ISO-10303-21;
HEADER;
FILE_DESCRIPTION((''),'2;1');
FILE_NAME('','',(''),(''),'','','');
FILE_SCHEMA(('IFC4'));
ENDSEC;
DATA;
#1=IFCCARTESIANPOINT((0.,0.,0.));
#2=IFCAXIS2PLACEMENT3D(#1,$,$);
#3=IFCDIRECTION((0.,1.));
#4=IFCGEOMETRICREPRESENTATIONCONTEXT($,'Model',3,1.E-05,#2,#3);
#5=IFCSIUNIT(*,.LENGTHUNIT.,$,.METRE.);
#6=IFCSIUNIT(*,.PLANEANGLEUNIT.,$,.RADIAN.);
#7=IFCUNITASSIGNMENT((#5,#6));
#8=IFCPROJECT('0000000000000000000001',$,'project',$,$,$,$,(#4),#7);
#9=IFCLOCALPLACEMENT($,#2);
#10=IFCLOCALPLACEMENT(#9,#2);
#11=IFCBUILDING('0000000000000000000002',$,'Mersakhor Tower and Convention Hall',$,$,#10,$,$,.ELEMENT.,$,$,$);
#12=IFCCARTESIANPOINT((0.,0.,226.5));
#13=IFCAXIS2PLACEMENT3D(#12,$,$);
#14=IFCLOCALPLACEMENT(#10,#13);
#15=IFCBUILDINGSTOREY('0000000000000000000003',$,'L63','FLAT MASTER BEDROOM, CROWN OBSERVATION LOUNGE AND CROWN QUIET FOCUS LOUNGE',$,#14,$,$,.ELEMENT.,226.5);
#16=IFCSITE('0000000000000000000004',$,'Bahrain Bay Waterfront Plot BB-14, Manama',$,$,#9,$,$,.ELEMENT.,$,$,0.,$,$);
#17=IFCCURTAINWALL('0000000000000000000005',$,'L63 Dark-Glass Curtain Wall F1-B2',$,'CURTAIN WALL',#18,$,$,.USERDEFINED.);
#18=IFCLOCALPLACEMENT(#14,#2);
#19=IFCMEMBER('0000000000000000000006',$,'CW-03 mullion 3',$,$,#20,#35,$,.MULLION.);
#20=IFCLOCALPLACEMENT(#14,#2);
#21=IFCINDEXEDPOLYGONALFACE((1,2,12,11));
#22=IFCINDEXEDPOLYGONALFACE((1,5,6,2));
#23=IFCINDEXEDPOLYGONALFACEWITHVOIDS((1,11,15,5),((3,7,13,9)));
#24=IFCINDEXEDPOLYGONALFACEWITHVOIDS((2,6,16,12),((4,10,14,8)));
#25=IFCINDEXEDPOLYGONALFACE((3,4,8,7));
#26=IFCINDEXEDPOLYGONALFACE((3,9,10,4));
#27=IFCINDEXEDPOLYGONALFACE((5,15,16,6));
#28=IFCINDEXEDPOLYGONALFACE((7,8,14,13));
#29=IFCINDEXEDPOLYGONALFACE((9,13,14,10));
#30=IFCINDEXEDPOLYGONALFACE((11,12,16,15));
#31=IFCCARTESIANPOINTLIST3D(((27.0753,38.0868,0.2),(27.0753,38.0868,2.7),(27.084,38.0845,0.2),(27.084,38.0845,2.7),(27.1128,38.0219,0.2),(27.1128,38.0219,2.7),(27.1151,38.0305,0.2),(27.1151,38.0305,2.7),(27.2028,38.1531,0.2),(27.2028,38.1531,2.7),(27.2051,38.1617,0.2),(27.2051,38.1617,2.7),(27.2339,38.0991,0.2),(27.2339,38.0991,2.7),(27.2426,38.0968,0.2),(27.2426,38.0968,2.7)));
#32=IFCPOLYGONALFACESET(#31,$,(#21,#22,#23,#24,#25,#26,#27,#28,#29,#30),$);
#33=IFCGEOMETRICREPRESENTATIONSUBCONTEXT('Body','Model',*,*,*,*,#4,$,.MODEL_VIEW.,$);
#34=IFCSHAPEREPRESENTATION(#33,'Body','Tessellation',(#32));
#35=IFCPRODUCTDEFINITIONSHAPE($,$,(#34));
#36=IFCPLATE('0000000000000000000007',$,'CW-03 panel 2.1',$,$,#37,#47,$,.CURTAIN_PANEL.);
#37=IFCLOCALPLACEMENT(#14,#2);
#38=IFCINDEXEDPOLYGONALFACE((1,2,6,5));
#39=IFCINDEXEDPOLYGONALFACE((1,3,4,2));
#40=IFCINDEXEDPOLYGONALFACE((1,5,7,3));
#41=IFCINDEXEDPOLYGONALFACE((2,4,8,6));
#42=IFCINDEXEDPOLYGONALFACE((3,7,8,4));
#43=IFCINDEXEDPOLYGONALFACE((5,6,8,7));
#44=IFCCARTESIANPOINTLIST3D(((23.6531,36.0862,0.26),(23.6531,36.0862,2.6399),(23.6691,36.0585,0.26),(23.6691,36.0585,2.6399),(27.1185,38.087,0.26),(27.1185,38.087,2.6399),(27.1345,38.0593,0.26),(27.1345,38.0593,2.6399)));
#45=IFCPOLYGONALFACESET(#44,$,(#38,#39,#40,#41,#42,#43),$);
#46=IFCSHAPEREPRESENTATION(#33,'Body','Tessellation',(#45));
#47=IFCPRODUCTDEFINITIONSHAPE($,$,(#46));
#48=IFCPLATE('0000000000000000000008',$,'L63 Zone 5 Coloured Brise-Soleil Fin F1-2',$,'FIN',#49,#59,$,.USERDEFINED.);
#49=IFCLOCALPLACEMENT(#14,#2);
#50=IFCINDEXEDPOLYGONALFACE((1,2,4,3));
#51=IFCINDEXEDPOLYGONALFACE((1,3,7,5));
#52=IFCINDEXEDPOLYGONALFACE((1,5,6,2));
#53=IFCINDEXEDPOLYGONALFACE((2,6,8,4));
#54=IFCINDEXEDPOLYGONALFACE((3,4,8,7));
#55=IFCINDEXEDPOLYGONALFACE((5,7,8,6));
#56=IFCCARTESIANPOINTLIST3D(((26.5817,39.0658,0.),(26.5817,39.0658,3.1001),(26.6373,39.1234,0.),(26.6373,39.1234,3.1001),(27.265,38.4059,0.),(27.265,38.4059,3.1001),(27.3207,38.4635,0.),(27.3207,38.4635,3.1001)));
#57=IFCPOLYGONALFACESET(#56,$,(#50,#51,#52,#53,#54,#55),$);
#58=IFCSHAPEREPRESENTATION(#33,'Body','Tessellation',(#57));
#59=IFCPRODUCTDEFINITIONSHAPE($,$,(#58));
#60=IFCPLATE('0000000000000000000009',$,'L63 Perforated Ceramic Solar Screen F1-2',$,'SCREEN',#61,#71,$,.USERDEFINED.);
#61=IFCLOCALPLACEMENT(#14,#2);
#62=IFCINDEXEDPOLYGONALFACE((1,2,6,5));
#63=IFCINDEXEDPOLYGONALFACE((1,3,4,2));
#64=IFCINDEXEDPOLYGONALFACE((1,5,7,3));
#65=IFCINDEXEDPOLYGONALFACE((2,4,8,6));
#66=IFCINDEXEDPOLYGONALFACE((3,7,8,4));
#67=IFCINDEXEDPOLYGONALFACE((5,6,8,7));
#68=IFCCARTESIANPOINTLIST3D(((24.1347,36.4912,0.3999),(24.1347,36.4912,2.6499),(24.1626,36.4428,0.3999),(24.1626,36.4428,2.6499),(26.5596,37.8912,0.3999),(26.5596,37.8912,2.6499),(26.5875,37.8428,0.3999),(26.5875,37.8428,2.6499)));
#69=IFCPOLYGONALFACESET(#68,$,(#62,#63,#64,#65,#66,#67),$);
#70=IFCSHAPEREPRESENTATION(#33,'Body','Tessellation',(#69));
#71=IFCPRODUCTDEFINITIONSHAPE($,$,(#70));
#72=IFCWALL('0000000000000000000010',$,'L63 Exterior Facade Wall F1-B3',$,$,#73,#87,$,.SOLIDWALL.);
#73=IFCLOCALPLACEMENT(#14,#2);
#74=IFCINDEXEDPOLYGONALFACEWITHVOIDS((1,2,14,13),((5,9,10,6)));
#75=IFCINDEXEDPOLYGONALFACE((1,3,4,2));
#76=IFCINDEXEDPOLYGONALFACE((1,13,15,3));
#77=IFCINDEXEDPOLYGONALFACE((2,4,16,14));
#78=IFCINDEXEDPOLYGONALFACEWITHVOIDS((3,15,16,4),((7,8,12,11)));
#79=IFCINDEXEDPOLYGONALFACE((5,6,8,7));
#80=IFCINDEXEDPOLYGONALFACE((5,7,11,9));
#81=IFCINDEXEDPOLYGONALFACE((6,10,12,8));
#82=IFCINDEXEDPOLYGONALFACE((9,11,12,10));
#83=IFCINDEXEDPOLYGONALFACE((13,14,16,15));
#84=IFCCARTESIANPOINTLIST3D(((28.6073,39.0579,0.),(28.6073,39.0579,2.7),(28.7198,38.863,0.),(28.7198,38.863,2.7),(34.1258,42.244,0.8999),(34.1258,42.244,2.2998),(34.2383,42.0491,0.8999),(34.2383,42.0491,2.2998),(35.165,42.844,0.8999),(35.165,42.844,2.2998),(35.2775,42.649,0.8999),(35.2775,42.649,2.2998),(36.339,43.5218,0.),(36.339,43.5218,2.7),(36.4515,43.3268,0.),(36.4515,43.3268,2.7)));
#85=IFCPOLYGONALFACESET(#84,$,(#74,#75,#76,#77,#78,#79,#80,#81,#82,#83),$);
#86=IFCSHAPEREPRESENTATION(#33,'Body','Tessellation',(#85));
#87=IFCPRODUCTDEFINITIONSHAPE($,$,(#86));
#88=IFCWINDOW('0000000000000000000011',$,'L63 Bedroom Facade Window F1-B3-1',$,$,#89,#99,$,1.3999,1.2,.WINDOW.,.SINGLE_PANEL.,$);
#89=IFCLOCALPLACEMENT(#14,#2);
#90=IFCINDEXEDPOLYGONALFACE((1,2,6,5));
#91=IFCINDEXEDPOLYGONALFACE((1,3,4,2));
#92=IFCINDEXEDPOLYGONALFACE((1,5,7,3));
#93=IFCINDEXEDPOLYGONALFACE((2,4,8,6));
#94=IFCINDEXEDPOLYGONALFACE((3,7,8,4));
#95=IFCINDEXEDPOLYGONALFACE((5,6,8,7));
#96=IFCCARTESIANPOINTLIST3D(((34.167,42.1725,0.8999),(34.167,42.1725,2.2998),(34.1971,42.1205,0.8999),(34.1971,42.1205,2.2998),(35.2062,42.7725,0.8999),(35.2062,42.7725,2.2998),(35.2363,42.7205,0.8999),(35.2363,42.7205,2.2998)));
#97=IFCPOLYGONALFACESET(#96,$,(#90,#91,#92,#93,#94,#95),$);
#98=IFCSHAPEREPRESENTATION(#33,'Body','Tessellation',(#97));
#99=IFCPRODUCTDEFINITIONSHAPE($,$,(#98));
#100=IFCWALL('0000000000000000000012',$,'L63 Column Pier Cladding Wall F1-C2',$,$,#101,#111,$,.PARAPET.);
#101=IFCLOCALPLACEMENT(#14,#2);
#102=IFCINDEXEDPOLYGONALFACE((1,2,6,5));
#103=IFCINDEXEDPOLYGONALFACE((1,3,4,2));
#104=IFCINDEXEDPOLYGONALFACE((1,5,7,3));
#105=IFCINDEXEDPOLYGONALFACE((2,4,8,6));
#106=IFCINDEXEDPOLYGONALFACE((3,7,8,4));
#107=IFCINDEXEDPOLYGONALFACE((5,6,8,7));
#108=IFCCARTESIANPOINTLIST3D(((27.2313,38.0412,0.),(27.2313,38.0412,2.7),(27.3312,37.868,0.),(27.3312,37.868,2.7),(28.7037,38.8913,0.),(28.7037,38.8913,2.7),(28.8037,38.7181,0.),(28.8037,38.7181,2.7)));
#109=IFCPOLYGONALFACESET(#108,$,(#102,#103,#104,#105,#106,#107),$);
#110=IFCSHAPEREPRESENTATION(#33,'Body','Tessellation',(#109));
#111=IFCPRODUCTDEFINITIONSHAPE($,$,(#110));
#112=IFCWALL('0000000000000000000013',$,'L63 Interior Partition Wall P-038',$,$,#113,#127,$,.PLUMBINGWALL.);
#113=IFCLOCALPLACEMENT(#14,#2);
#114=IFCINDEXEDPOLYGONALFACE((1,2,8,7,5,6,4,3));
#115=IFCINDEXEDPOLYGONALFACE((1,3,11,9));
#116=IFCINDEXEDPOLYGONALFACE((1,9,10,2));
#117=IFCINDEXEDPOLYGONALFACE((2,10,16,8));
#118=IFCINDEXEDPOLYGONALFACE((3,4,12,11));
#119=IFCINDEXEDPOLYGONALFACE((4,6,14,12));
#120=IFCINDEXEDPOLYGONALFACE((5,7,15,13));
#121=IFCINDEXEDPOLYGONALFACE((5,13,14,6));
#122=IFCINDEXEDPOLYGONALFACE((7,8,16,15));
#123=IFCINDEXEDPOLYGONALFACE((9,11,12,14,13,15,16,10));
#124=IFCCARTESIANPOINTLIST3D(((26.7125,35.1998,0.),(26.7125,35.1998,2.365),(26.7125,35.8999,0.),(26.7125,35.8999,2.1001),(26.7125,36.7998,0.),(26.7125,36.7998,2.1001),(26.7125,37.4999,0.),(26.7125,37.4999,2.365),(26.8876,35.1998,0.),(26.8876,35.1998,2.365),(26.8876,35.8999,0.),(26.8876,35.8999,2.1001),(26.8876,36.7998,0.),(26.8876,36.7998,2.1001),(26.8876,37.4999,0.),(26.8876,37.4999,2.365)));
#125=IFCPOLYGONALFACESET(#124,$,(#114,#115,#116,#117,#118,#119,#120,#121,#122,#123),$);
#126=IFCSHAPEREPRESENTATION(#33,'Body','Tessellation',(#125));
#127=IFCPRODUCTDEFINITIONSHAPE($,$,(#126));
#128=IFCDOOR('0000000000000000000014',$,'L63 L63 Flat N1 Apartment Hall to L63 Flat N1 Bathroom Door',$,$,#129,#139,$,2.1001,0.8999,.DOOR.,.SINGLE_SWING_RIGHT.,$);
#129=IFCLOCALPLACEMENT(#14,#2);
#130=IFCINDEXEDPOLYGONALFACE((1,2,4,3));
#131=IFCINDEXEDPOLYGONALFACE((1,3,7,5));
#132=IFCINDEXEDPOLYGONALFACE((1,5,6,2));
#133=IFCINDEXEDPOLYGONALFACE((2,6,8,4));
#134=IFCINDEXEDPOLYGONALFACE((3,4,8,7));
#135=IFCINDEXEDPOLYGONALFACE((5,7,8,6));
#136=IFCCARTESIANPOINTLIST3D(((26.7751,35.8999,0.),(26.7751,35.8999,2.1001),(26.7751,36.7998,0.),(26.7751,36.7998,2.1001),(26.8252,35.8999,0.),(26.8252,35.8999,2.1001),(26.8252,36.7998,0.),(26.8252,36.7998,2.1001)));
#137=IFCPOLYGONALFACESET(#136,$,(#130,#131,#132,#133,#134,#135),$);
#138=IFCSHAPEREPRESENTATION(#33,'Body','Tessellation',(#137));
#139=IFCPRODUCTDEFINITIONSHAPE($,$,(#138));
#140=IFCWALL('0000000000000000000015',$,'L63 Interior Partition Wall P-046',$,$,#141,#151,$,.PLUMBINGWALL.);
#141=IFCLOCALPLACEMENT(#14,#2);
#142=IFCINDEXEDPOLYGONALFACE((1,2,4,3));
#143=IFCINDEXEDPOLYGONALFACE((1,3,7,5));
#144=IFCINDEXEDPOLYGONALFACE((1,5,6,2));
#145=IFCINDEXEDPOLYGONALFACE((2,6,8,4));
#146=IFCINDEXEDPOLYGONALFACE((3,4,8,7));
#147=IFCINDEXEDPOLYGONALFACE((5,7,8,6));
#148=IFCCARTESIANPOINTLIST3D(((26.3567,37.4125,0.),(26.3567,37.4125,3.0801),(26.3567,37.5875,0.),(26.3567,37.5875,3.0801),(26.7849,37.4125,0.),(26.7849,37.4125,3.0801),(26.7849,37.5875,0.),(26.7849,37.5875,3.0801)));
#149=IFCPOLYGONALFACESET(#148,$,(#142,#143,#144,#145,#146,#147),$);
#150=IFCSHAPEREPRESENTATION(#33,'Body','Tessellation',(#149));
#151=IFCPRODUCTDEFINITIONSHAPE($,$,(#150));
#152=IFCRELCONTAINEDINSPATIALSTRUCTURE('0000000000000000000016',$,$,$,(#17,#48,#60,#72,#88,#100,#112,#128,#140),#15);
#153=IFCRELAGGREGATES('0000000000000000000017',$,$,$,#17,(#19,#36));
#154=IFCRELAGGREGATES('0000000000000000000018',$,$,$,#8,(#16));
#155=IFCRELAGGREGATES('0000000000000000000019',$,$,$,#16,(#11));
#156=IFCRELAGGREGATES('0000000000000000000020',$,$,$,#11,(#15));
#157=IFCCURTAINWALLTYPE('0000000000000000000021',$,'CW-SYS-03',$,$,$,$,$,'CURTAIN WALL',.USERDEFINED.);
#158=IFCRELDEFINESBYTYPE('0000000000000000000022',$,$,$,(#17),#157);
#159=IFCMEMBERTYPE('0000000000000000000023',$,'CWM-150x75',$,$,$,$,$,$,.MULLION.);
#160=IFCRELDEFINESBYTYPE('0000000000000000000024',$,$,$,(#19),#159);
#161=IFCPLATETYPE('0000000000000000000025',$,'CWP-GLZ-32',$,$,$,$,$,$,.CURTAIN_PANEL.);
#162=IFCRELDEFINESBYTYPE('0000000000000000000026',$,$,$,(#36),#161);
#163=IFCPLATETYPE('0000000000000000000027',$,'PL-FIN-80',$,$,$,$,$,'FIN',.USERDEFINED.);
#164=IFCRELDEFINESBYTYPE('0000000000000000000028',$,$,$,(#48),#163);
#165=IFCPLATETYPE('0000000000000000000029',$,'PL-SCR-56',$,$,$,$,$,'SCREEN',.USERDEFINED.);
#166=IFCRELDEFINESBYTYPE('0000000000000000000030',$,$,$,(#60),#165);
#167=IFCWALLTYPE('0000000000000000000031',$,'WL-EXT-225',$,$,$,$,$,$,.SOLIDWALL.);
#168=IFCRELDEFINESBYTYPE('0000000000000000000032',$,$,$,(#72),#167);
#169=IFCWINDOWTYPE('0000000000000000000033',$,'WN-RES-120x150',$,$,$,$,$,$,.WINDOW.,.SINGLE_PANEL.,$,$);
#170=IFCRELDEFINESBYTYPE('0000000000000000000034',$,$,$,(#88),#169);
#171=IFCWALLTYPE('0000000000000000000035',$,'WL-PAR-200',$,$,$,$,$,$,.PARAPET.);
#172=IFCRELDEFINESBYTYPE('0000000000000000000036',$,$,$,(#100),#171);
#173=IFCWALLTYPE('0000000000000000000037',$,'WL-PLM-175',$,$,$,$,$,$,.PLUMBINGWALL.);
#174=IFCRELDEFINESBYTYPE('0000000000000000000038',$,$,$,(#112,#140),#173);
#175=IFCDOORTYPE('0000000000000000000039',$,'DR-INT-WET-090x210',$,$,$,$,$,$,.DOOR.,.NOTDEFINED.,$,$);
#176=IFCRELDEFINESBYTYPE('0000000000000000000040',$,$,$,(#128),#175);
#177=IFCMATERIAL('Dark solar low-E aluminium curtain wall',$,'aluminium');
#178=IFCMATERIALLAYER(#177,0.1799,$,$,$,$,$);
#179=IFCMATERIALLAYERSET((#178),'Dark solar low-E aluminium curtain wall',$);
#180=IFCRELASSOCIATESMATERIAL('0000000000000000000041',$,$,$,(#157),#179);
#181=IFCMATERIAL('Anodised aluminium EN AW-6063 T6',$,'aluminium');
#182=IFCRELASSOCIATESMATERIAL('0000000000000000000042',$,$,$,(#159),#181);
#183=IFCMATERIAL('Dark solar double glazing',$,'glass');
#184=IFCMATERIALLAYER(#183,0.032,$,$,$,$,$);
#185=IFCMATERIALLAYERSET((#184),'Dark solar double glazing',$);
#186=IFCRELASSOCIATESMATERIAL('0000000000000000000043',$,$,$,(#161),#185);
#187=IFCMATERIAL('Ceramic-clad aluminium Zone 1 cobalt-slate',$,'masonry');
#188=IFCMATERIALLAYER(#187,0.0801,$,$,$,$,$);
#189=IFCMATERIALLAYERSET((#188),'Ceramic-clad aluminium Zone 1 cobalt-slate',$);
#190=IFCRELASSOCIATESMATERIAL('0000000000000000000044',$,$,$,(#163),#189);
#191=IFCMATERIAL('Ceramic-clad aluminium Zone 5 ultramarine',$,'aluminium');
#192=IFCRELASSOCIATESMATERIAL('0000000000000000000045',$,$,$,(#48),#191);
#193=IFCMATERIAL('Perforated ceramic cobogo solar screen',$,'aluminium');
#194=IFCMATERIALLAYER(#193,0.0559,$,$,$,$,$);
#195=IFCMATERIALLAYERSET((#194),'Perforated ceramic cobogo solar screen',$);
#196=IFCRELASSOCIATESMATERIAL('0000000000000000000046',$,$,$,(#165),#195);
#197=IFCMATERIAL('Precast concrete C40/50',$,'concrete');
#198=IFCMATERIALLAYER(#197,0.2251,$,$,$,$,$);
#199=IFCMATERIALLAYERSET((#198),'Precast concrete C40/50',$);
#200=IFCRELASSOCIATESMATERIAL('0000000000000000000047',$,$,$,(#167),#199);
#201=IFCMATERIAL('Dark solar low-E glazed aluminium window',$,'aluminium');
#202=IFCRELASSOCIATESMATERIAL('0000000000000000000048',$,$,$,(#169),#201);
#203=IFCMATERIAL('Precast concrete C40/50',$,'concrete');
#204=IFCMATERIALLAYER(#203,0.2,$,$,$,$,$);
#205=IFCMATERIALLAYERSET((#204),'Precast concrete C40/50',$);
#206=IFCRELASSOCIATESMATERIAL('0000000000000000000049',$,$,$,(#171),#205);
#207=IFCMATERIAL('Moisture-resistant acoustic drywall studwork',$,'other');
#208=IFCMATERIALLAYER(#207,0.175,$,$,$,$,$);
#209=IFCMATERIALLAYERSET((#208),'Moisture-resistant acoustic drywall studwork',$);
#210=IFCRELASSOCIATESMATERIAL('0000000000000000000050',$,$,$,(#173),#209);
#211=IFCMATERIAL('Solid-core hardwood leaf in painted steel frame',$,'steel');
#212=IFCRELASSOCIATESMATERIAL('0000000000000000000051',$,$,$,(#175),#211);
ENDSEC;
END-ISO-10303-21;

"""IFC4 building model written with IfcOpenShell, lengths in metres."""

from ifc_helpers import new_model, si_unit, direction, frame, frame_2d, origin, origin_2d, place, context, subcontext, project, spatial, rectangle, hollow_rectangle, extrude, material, layer, layer_set, material_profile, profile_set, type_object, element, fill, aggregate, save


model = new_model("IFC4")

# Units and contexts
model_context = context("Model", 3, precision=1e-05, world=origin(), true_north=direction((0.0, 1.0)))
body_context = subcontext(model_context, "Body", "Model", "MODEL_VIEW")
ifc_project = project(units=[si_unit("LENGTHUNIT", "METRE"), si_unit("PLANEANGLEUNIT", "RADIAN")], contexts=[model_context])

# Site, building, storey
site_placement = place(None, origin())
site = spatial("IfcSite", under=ifc_project, at=site_placement, Name="Bahrain Bay Waterfront Plot BB-14, Manama", CompositionType="ELEMENT", RefElevation=0.0)
building_placement = place(site_placement, origin())
building = spatial("IfcBuilding", under=site, at=building_placement, Name="Mersakhor Tower and Convention Hall", CompositionType="ELEMENT")
storey_placement = place(building_placement, frame((0.0, 0.0, 226.5)))
storey = spatial("IfcBuildingStorey", under=building, at=storey_placement, Name="L63", Description="FLAT MASTER BEDROOM, CROWN OBSERVATION LOUNGE AND CROWN QUIET FOCUS LOUNGE", CompositionType="ELEMENT", Elevation=226.5)

# Curtain wall, member, plate
ifc_material_1 = material(Name="Dark solar low-E aluminium curtain wall", Category="aluminium")
ifc_layer_1 = layer(ifc_material_1, 0.1799)
ifc_layer_set_1 = layer_set([ifc_layer_1], Name="Dark solar low-E aluminium curtain wall")
curtain_wall_type = type_object("IfcCurtainWallType", Name="CW-SYS-03", ElementType="CURTAIN WALL", PredefinedType="USERDEFINED", material=ifc_layer_set_1)
curtain_wall_placement = place(storey_placement, origin())
curtain_wall = element("IfcCurtainWall", 1, at=curtain_wall_placement, inside=storey, type_object=curtain_wall_type, Name="L63 Dark-Glass Curtain Wall F1-B2", ObjectType="CURTAIN WALL", PredefinedType="USERDEFINED")
ifc_material_2 = material(Name="Anodised aluminium EN AW-6063 T6", Category="aluminium")
ifc_material_profile = material_profile(ifc_material_2, hollow_rectangle(XDim=0.075, YDim=0.1499, WallThickness=0.0063, at=origin_2d()), Name="RHS 150x75x6.3")
ifc_profile_set = profile_set([ifc_material_profile], Name="Anodised aluminium EN AW-6063 T6")
member_type = type_object("IfcMemberType", Name="CWM-150x75", PredefinedType="MULLION", material=ifc_profile_set)
member_placement = place(storey_placement, frame((27.1589, 38.0918, 0.2), z_axis=(0.0, 0.0, 1.0), x_axis=(-0.500004, 0.866023, 0.0)))
member = element("IfcMember", 2, at=member_placement, type_object=member_type, Name="CW-03 mullion 3", PredefinedType="MULLION", context=body_context, shape_type="SweptSolid", body=[
    extrude(hollow_rectangle(XDim=0.075, YDim=0.1499, WallThickness=0.0063, at=origin_2d()), origin(), (0.0, 0.0, 1.0), 2.5),
])
ifc_material_3 = material(Name="Dark solar double glazing", Category="glass")
ifc_layer_2 = layer(ifc_material_3, 0.032)
ifc_layer_set_2 = layer_set([ifc_layer_2], Name="Dark solar double glazing")
plate_type_1 = type_object("IfcPlateType", Name="CWP-GLZ-32", PredefinedType="CURTAIN_PANEL", material=ifc_layer_set_2)
plate_1_placement = place(storey_placement, frame((25.3938, 37.0728, 0.26), z_axis=(0.0, 0.0, 1.0), x_axis=(0.866023, 0.500004, 0.0)))
plate_1 = element("IfcPlate", 3, at=plate_1_placement, type_object=plate_type_1, Name="CW-03 panel 2.1", PredefinedType="CURTAIN_PANEL", context=body_context, shape_type="SweptSolid", body=[
    extrude(rectangle(XDim=4.0015, YDim=0.032, at=origin_2d()), origin(), (0.0, 0.0, 1.0), 2.3799),
])
aggregate(curtain_wall, [member, plate_1])

# Plates
ifc_material_4 = material(Name="Ceramic-clad aluminium Zone 5 ultramarine", Category="aluminium")
ifc_material_5 = material(Name="Ceramic-clad aluminium Zone 1 cobalt-slate", Category="masonry")
ifc_layer_3 = layer(ifc_material_5, 0.0801)
ifc_layer_set_3 = layer_set([ifc_layer_3], Name="Ceramic-clad aluminium Zone 1 cobalt-slate")
plate_type_2 = type_object("IfcPlateType", Name="PL-FIN-80", ElementType="FIN", PredefinedType="USERDEFINED", material=ifc_layer_set_3)
plate_2_placement = place(storey_placement, frame((26.9512, 38.7646, 0.0), z_axis=(0.0, 0.0, 1.0), x_axis=(-0.71934, 0.694658, 0.0)))
element("IfcPlate", 4, at=plate_2_placement, inside=storey, type_object=plate_type_2, material=ifc_material_4, Name="L63 Zone 5 Coloured Brise-Soleil Fin F1-2", ObjectType="FIN", PredefinedType="USERDEFINED", context=body_context, shape_type="SweptSolid", body=[
    extrude(rectangle(XDim=0.95, YDim=0.0801, at=origin_2d()), origin(), (0.0, 0.0, 1.0), 3.1001),
])
ifc_material_6 = material(Name="Perforated ceramic cobogo solar screen", Category="aluminium")
ifc_layer_4 = layer(ifc_material_6, 0.0559)
ifc_layer_set_4 = layer_set([ifc_layer_4], Name="Perforated ceramic cobogo solar screen")
plate_type_3 = type_object("IfcPlateType", Name="PL-SCR-56", ElementType="SCREEN", PredefinedType="USERDEFINED", material=ifc_layer_set_4)
plate_3_placement = place(storey_placement, frame((25.3611, 37.167, 0.3999), z_axis=(0.0, 0.0, 1.0), x_axis=(0.866025, 0.5, 0.0)))
element("IfcPlate", 5, at=plate_3_placement, inside=storey, type_object=plate_type_3, Name="L63 Perforated Ceramic Solar Screen F1-2", ObjectType="SCREEN", PredefinedType="USERDEFINED", context=body_context, shape_type="SweptSolid", body=[
    extrude(rectangle(XDim=2.8, YDim=0.0559, at=origin_2d()), origin(), (0.0, 0.0, 1.0), 2.25),
])

# Wall, opening, window
ifc_material_7 = material(Name="Precast concrete C40/50", Category="concrete")
ifc_layer_5 = layer(ifc_material_7, 0.2251)
ifc_layer_set_5 = layer_set([ifc_layer_5], Name="Precast concrete C40/50")
wall_type_1 = type_object("IfcWallType", Name="WL-EXT-225", PredefinedType="SOLIDWALL", material=ifc_layer_set_5)
wall_1_placement = place(storey_placement, frame((28.6636, 38.9604, 0.0), z_axis=(0.0, 0.0, 1.0), x_axis=(0.866027, 0.499998, 0.0)))
wall_1 = element("IfcWall", 6, at=wall_1_placement, inside=storey, type_object=wall_type_1, Name="L63 Exterior Facade Wall F1-B3", PredefinedType="SOLIDWALL", context=body_context, shape_type="SweptSolid", body=[
    extrude(rectangle(XDim=8.9277, YDim=0.2251, at=frame_2d((4.4639, 0.0))), origin(), (0.0, 0.0, 1.0), 2.7),
])
opening_1_placement = place(wall_1_placement, frame((6.3721, 0.0, 0.8999)))
opening_1 = element("IfcOpeningElement", 7, at=opening_1_placement, cuts=wall_1, PredefinedType="OPENING", context=body_context, shape_type="SweptSolid", body=[
    extrude(rectangle(XDim=1.2, YDim=1.3999, at=frame_2d((0.6001, 0.7))), frame((0.0, 0.1226, 0.0), z_axis=(0.0, -1.0, 0.0), x_axis=(1.0, 0.0, 0.0)), (0.0, 0.0, 1.0), 0.2451),
])
ifc_material_8 = material(Name="Dark solar low-E glazed aluminium window", Category="aluminium")
window_type = type_object("IfcWindowType", Name="WN-RES-120x150", PartitioningType="SINGLE_PANEL", PredefinedType="WINDOW", material=ifc_material_8)
window_placement = place(opening_1_placement, origin())
window = element("IfcWindow", 8, at=window_placement, inside=storey, type_object=window_type, Name="L63 Bedroom Facade Window F1-B3-1", OverallHeight=1.3999, OverallWidth=1.2, PartitioningType="SINGLE_PANEL", PredefinedType="WINDOW", context=body_context, shape_type="SweptSolid", body=[
    extrude(rectangle(XDim=1.2, YDim=1.3999, at=frame_2d((0.6001, 0.7))), frame((0.0, 0.03, 0.0), z_axis=(0.0, -1.0, 0.0), x_axis=(1.0, 0.0, 0.0)), (0.0, 0.0, 1.0), 0.0601),
])
fill(opening_1, window)

# Wall
ifc_material_9 = material(Name="Precast concrete C40/50", Category="concrete")
ifc_layer_6 = layer(ifc_material_9, 0.2)
ifc_layer_set_6 = layer_set([ifc_layer_6], Name="Precast concrete C40/50")
wall_type_2 = type_object("IfcWallType", Name="WL-PAR-200", PredefinedType="PARAPET", material=ifc_layer_set_6)
wall_2_placement = place(storey_placement, frame((27.2812, 37.9546, 0.0), z_axis=(0.0, 0.0, 1.0), x_axis=(0.866025, 0.5, 0.0)))
element("IfcWall", 9, at=wall_2_placement, inside=storey, type_object=wall_type_2, Name="L63 Column Pier Cladding Wall F1-C2", PredefinedType="PARAPET", context=body_context, shape_type="SweptSolid", body=[
    extrude(rectangle(XDim=1.7002, YDim=0.2, at=frame_2d((0.8501, 0.0))), origin(), (0.0, 0.0, 1.0), 2.7),
])

# Wall, opening, door
ifc_material_10 = material(Name="Moisture-resistant acoustic drywall studwork", Category="other")
ifc_layer_7 = layer(ifc_material_10, 0.175)
ifc_layer_set_7 = layer_set([ifc_layer_7], Name="Moisture-resistant acoustic drywall studwork")
wall_type_3 = type_object("IfcWallType", Name="WL-PLM-175", PredefinedType="PLUMBINGWALL", material=ifc_layer_set_7)
wall_3_placement = place(storey_placement, frame((26.8, 35.2, 0.0), z_axis=(0.0, 0.0, 1.0), x_axis=(0.0, 1.0, 0.0)))
wall_3 = element("IfcWall", 10, at=wall_3_placement, inside=storey, type_object=wall_type_3, Name="L63 Interior Partition Wall P-038", PredefinedType="PLUMBINGWALL", context=body_context, shape_type="SweptSolid", body=[
    extrude(rectangle(XDim=2.3, YDim=0.175, at=frame_2d((1.1499, 0.0))), origin(), (0.0, 0.0, 1.0), 2.365),
])
opening_2_placement = place(wall_3_placement, frame((0.7, 0.0, 0.0)))
opening_2 = element("IfcOpeningElement", 11, at=opening_2_placement, cuts=wall_3, PredefinedType="OPENING", context=body_context, shape_type="SweptSolid", body=[
    extrude(rectangle(XDim=0.8999, YDim=2.1001, at=frame_2d((0.45, 1.05))), frame((0.0, 0.0974, 0.0), z_axis=(0.0, -1.0, 0.0), x_axis=(1.0, 0.0, 0.0)), (0.0, 0.0, 1.0), 0.1951),
])
ifc_material_11 = material(Name="Solid-core hardwood leaf in painted steel frame", Category="steel")
door_type_1 = type_object("IfcDoorType", Name="DR-INT-WET-090x210", OperationType="NOTDEFINED", PredefinedType="DOOR", material=ifc_material_11)
door_1_placement = place(opening_2_placement, origin())
door_1 = element("IfcDoor", 12, at=door_1_placement, inside=storey, type_object=door_type_1, Name="L63 L63 Flat N1 Apartment Hall to L63 Flat N1 Bathroom Door", OperationType="SINGLE_SWING_RIGHT", OverallHeight=2.1001, OverallWidth=0.8999, PredefinedType="DOOR", context=body_context, shape_type="SweptSolid", body=[
    extrude(rectangle(XDim=0.8999, YDim=2.1001, at=frame_2d((0.45, 1.05))), frame((0.0, 0.0249, 0.0), z_axis=(0.0, -1.0, 0.0), x_axis=(1.0, 0.0, 0.0)), (0.0, 0.0, 1.0), 0.05),
])
fill(opening_2, door_1)

# Wall
wall_4_placement = place(storey_placement, frame((26.3567, 37.5, 0.0), z_axis=(0.0, 0.0, 1.0), x_axis=(1.0, 0.0, 0.0)))
element("IfcWall", 13, at=wall_4_placement, inside=storey, type_object=wall_type_3, Name="L63 Interior Partition Wall P-046", PredefinedType="PLUMBINGWALL", context=body_context, shape_type="SweptSolid", body=[
    extrude(rectangle(XDim=0.4282, YDim=0.175, at=frame_2d((0.2141, 0.0))), origin(), (0.0, 0.0, 1.0), 3.0801),
])

save(model, "model.ifc")
